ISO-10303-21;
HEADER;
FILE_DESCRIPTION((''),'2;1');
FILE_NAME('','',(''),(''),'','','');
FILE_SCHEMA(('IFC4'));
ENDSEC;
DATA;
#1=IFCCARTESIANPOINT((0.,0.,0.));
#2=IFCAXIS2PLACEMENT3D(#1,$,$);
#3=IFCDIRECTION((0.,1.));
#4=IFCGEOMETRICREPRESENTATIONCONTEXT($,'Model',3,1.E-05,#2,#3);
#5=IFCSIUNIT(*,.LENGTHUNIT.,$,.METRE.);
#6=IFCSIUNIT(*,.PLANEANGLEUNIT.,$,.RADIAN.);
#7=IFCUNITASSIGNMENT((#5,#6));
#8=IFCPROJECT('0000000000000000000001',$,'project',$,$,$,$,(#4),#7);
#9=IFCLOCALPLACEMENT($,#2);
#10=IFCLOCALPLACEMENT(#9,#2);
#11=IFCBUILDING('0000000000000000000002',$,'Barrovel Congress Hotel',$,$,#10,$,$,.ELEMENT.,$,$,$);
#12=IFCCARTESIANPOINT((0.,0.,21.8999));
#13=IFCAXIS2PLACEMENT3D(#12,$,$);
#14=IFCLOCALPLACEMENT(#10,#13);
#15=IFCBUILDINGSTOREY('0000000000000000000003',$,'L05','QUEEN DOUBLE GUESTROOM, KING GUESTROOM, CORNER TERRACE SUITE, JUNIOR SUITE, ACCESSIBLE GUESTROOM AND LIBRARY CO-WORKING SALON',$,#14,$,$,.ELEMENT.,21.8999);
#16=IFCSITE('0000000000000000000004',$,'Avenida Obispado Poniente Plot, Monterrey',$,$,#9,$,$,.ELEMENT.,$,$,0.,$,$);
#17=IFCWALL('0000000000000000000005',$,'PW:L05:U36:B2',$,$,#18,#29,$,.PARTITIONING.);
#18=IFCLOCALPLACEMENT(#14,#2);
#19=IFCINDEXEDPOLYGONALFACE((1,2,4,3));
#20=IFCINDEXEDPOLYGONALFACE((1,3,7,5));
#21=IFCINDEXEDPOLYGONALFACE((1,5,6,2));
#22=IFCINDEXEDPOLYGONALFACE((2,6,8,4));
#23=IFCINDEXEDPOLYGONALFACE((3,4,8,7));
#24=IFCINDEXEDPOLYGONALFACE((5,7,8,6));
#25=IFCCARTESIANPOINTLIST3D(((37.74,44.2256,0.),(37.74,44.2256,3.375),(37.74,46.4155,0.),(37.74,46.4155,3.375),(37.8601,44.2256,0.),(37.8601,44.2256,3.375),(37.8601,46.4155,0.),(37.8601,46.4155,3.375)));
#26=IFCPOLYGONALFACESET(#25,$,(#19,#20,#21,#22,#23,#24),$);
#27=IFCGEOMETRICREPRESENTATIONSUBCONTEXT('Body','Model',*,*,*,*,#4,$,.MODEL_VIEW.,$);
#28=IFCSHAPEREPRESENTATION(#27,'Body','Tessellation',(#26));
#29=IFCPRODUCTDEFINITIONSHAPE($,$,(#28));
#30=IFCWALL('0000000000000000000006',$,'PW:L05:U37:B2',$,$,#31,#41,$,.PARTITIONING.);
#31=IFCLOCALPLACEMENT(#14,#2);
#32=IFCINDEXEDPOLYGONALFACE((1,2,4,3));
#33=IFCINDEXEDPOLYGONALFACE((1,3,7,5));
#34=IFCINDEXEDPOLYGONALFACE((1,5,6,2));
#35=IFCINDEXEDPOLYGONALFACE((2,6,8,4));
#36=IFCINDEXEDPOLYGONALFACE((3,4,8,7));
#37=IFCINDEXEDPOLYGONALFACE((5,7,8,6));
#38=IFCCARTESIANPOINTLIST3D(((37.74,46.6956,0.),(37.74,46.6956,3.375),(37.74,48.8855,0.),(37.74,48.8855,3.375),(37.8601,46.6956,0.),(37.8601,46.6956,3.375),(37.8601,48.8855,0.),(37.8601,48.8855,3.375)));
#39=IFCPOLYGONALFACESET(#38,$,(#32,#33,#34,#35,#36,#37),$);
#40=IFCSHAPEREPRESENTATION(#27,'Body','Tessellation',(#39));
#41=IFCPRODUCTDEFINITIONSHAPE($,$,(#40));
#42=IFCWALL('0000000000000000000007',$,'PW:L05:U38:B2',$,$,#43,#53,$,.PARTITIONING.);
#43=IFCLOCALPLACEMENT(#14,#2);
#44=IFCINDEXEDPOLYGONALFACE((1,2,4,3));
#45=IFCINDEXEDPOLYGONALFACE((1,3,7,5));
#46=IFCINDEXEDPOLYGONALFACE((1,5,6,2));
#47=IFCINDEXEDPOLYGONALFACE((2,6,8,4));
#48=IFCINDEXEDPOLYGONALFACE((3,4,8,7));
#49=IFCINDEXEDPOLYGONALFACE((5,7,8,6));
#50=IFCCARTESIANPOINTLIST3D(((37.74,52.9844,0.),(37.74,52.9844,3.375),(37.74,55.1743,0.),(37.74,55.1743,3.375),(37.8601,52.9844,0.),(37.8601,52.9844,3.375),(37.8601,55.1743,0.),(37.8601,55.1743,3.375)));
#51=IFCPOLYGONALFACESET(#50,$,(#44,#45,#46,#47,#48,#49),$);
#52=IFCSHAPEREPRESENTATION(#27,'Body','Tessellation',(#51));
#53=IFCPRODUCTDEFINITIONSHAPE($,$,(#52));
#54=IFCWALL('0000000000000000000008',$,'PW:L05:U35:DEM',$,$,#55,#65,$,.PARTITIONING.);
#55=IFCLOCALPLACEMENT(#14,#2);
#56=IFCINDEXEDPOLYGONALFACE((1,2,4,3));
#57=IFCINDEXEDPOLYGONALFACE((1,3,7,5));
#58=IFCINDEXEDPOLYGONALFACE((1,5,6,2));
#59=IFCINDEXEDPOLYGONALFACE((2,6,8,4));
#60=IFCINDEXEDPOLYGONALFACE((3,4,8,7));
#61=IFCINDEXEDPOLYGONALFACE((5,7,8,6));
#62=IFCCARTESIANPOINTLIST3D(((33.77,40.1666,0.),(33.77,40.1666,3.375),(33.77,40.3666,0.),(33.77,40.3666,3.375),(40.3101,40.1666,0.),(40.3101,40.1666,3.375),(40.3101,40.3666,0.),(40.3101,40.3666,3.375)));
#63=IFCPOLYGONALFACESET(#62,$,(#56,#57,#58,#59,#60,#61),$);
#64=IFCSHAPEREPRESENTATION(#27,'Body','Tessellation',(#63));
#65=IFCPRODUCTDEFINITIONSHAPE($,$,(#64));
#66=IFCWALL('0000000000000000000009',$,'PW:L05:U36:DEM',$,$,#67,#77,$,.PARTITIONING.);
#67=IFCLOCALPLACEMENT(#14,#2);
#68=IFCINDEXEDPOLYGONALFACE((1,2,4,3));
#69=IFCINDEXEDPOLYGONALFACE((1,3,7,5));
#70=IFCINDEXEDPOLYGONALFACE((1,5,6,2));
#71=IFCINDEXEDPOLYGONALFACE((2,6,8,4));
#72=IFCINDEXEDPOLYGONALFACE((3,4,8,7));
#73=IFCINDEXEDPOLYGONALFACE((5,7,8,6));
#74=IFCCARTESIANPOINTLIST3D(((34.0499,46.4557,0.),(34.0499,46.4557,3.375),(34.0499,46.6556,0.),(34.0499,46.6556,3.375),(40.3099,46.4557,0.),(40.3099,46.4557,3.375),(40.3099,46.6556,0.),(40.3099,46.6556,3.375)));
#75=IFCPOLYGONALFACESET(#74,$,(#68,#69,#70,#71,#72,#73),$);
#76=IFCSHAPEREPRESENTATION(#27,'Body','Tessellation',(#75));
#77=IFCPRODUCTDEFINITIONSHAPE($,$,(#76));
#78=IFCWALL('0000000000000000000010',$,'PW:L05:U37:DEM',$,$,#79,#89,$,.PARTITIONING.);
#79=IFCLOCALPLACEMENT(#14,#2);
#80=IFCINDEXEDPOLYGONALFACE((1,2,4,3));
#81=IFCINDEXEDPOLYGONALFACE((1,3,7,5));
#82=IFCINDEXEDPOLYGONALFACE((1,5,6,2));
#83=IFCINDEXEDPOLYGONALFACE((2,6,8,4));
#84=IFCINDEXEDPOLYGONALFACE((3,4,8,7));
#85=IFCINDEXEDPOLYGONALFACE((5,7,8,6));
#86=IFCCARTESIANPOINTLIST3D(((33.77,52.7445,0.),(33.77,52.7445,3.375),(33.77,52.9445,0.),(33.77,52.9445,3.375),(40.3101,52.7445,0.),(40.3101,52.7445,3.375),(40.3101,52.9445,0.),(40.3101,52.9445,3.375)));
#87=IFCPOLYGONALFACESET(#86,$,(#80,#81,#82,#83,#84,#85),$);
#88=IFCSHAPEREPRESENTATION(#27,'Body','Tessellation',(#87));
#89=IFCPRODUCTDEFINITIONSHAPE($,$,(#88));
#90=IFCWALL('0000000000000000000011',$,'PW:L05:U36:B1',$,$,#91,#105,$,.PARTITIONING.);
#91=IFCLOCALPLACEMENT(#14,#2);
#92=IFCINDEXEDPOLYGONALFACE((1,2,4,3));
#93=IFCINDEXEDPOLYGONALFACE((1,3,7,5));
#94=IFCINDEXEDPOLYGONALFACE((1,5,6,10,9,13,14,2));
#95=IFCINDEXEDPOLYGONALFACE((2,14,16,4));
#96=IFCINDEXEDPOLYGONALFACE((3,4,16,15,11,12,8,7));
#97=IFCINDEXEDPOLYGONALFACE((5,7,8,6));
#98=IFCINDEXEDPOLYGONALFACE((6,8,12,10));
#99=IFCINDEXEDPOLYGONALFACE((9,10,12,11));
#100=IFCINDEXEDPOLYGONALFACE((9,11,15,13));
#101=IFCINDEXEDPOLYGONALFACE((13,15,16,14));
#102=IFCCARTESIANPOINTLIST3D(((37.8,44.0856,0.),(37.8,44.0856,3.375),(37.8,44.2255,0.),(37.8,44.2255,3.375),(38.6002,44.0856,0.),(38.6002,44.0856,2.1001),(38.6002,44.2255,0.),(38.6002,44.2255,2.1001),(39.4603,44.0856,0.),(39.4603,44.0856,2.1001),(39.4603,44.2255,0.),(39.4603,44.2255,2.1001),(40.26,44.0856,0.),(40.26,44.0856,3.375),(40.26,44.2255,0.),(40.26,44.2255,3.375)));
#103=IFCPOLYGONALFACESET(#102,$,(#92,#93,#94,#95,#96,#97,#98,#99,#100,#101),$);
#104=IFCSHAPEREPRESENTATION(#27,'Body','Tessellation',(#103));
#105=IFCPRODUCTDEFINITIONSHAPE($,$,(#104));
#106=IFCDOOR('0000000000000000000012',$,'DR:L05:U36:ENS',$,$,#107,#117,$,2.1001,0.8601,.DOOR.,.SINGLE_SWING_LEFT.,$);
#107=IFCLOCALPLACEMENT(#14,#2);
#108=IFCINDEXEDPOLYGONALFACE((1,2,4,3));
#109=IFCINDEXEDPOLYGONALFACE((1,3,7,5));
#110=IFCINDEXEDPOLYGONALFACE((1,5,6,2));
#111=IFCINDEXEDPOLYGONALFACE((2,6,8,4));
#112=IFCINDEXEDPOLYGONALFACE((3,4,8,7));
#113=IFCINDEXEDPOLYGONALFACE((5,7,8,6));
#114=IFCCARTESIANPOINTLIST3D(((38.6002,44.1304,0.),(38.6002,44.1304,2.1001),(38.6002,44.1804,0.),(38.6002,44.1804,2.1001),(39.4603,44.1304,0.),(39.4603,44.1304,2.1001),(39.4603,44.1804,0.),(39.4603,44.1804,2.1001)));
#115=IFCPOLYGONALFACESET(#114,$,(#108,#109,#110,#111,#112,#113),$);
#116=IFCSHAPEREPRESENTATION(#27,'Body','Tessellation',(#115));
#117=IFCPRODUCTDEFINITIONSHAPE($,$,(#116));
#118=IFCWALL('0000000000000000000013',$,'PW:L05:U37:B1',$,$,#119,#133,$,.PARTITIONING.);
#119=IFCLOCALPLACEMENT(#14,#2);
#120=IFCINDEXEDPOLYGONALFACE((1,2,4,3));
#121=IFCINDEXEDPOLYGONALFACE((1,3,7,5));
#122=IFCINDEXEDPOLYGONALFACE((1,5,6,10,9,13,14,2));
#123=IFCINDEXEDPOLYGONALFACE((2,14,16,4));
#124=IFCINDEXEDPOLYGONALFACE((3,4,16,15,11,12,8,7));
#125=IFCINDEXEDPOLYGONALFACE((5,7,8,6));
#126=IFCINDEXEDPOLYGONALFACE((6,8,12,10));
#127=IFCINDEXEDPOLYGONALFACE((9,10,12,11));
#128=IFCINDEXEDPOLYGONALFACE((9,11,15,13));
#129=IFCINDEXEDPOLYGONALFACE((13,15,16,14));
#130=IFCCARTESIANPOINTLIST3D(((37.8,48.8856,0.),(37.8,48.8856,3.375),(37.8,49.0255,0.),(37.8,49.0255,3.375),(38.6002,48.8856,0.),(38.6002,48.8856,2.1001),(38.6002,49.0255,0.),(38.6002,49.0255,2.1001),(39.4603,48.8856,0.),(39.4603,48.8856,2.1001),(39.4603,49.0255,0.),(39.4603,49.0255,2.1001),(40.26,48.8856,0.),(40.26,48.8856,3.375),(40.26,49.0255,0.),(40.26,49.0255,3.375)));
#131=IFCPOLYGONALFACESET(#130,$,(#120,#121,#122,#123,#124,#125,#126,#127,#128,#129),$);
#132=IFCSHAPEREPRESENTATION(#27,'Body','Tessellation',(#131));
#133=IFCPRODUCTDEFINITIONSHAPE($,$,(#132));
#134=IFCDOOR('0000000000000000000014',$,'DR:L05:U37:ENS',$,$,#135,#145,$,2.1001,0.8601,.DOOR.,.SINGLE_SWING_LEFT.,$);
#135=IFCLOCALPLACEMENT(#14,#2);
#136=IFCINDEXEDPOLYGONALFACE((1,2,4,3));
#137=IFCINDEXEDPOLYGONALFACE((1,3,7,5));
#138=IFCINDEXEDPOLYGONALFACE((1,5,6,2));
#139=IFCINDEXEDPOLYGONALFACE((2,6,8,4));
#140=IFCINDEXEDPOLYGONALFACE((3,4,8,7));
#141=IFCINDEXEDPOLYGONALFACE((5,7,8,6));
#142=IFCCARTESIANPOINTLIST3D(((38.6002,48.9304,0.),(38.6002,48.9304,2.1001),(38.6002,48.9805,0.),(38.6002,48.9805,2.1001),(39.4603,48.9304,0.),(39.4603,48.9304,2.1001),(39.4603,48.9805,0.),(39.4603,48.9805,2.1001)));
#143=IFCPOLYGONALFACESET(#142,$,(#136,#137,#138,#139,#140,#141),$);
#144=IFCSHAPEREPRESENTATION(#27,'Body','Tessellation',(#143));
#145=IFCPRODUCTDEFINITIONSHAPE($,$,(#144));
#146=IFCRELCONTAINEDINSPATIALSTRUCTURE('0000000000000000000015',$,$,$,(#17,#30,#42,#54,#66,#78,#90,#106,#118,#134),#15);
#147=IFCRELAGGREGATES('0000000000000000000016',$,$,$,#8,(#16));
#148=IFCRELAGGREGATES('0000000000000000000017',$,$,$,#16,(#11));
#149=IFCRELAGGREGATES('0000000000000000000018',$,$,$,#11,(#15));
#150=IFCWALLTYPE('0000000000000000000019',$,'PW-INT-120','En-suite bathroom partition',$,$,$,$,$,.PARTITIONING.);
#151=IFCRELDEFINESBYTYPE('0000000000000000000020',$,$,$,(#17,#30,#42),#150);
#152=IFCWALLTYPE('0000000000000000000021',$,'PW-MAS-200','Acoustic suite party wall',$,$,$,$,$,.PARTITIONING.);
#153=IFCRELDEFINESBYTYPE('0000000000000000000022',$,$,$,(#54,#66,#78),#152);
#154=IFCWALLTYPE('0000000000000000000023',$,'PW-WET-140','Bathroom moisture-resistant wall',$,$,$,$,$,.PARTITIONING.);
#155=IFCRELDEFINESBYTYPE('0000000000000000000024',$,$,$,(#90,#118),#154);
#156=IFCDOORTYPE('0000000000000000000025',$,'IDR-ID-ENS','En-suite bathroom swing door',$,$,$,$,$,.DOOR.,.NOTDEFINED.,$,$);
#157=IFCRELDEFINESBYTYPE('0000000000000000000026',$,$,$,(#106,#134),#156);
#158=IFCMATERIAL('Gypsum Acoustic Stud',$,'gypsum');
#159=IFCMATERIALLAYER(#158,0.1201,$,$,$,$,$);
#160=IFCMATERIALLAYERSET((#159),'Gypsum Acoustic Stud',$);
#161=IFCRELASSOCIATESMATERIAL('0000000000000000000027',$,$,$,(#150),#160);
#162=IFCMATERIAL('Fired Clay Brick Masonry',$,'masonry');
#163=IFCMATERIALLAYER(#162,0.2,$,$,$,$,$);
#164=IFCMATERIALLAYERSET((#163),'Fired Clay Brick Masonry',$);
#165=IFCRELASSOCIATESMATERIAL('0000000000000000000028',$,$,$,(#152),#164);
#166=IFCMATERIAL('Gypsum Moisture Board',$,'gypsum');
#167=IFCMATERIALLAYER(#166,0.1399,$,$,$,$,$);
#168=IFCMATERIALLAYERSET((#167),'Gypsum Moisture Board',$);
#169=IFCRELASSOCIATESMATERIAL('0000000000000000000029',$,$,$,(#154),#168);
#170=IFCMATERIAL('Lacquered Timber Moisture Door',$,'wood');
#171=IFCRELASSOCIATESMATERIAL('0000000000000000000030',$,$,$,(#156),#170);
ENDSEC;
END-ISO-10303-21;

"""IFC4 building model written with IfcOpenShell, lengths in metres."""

from ifc_helpers import new_model, si_unit, direction, frame, frame_2d, origin, place, context, subcontext, project, spatial, rectangle, extrude, material, layer, layer_set, type_object, element, fill, save


model = new_model("IFC4")

# Units and contexts
model_context = context("Model", 3, precision=1e-05, world=origin(), true_north=direction((0.0, 1.0)))
body_context = subcontext(model_context, "Body", "Model", "MODEL_VIEW")
ifc_project = project(units=[si_unit("LENGTHUNIT", "METRE"), si_unit("PLANEANGLEUNIT", "RADIAN")], contexts=[model_context])

# Site, building, storey
site_placement = place(None, origin())
site = spatial("IfcSite", under=ifc_project, at=site_placement, Name="Avenida Obispado Poniente Plot, Monterrey", CompositionType="ELEMENT", RefElevation=0.0)
building_placement = place(site_placement, origin())
building = spatial("IfcBuilding", under=site, at=building_placement, Name="Barrovel Congress Hotel", CompositionType="ELEMENT")
storey_placement = place(building_placement, frame((0.0, 0.0, 21.8999)))
storey = spatial("IfcBuildingStorey", under=building, at=storey_placement, Name="L05", Description="QUEEN DOUBLE GUESTROOM, KING GUESTROOM, CORNER TERRACE SUITE, JUNIOR SUITE, ACCESSIBLE GUESTROOM AND LIBRARY CO-WORKING SALON", CompositionType="ELEMENT", Elevation=21.8999)

# Shared definitions
ifc_material_1 = material(Name="Fired Clay Brick Masonry", Category="masonry")

# Shared definitions
ifc_material_2 = material(Name="Gypsum Acoustic Stud", Category="gypsum")

# Walls
ifc_layer_1 = layer(ifc_material_2, 0.1201)
ifc_layer_set_1 = layer_set([ifc_layer_1], Name="Gypsum Acoustic Stud")
wall_type_1 = type_object("IfcWallType", Name="PW-INT-120", Description="En-suite bathroom partition", PredefinedType="PARTITIONING", material=ifc_layer_set_1)
for number, where, z_axis, x_axis, name in (
    (1, (37.8, 44.2256, 0.0), (0.0, 0.0, 1.0), (0.0, 1.0, 0.0), "PW:L05:U36:B2"),
    (2, (37.8, 46.6956, 0.0), (0.0, 0.0, 1.0), (0.0, 1.0, 0.0), "PW:L05:U37:B2"),
    (3, (37.8, 52.9844, 0.0), (0.0, 0.0, 1.0), (0.0, 1.0, 0.0), "PW:L05:U38:B2"),
):
    element("IfcWall", number, at=place(storey_placement, frame(where, z_axis=z_axis, x_axis=x_axis)), inside=storey, type_object=wall_type_1, Name=name, PredefinedType="PARTITIONING", context=body_context, shape_type="SweptSolid", body=[
        extrude(rectangle(XDim=2.1899, YDim=0.1201, at=frame_2d((1.095, 0.0))), origin(), (0.0, 0.0, 1.0), 3.375),
    ])
ifc_layer_2 = layer(ifc_material_1, 0.2)
ifc_layer_set_2 = layer_set([ifc_layer_2], Name="Fired Clay Brick Masonry")
wall_type_2 = type_object("IfcWallType", Name="PW-MAS-200", Description="Acoustic suite party wall", PredefinedType="PARTITIONING", material=ifc_layer_set_2)
wall_1_placement = place(storey_placement, frame((33.77, 40.2666, 0.0), z_axis=(0.0, 0.0, 1.0), x_axis=(1.0, 0.0, 0.0)))
element("IfcWall", 4, at=wall_1_placement, inside=storey, type_object=wall_type_2, Name="PW:L05:U35:DEM", PredefinedType="PARTITIONING", context=body_context, shape_type="SweptSolid", body=[
    extrude(rectangle(XDim=6.54, YDim=0.2, at=frame_2d((3.27, 0.0))), origin(), (0.0, 0.0, 1.0), 3.375),
])
wall_2_placement = place(storey_placement, frame((34.05, 46.5557, 0.0), z_axis=(0.0, 0.0, 1.0), x_axis=(1.0, 0.0, 0.0)))
element("IfcWall", 5, at=wall_2_placement, inside=storey, type_object=wall_type_2, Name="PW:L05:U36:DEM", PredefinedType="PARTITIONING", context=body_context, shape_type="SweptSolid", body=[
    extrude(rectangle(XDim=6.26, YDim=0.2, at=frame_2d((3.1299, 0.0))), origin(), (0.0, 0.0, 1.0), 3.375),
])
wall_3_placement = place(storey_placement, frame((33.77, 52.8445, 0.0), z_axis=(0.0, 0.0, 1.0), x_axis=(1.0, 0.0, 0.0)))
element("IfcWall", 6, at=wall_3_placement, inside=storey, type_object=wall_type_2, Name="PW:L05:U37:DEM", PredefinedType="PARTITIONING", context=body_context, shape_type="SweptSolid", body=[
    extrude(rectangle(XDim=6.54, YDim=0.2, at=frame_2d((3.27, 0.0))), origin(), (0.0, 0.0, 1.0), 3.375),
])

# Walls, openings, doors
ifc_material_3 = material(Name="Gypsum Moisture Board", Category="gypsum")
ifc_layer_3 = layer(ifc_material_3, 0.1399)
ifc_layer_set_3 = layer_set([ifc_layer_3], Name="Gypsum Moisture Board")
wall_type_3 = type_object("IfcWallType", Name="PW-WET-140", Description="Bathroom moisture-resistant wall", PredefinedType="PARTITIONING", material=ifc_layer_set_3)
wall_4_placement = place(storey_placement, frame((37.8, 44.1555, 0.0), z_axis=(0.0, 0.0, 1.0), x_axis=(1.0, 0.0, 0.0)))
wall_4 = element("IfcWall", 7, at=wall_4_placement, inside=storey, type_object=wall_type_3, Name="PW:L05:U36:B1", PredefinedType="PARTITIONING", context=body_context, shape_type="SweptSolid", body=[
    extrude(rectangle(XDim=2.46, YDim=0.1399, at=frame_2d((1.23, 0.0))), origin(), (0.0, 0.0, 1.0), 3.375),
])
opening_1_placement = place(wall_4_placement, frame((0.8, 0.0, 0.0)))
opening_1 = element("IfcOpeningElement", 8, at=opening_1_placement, cuts=wall_4, PredefinedType="OPENING", context=body_context, shape_type="SweptSolid", body=[
    extrude(rectangle(XDim=0.8601, YDim=2.1001, at=frame_2d((0.4302, 1.05))), frame((0.0, 0.0801, 0.0), z_axis=(0.0, -1.0, 0.0), x_axis=(1.0, 0.0, 0.0)), (0.0, 0.0, 1.0), 0.1599),
])
ifc_material_4 = material(Name="Lacquered Timber Moisture Door", Category="wood")
door_type_1 = type_object("IfcDoorType", Name="IDR-ID-ENS", Description="En-suite bathroom swing door", OperationType="NOTDEFINED", PredefinedType="DOOR", material=ifc_material_4)
door_1_placement = place(opening_1_placement, origin())
door_1 = element("IfcDoor", 9, at=door_1_placement, inside=storey, type_object=door_type_1, Name="DR:L05:U36:ENS", OperationType="SINGLE_SWING_LEFT", OverallHeight=2.1001, OverallWidth=0.8601, PredefinedType="DOOR", context=body_context, shape_type="SweptSolid", body=[
    extrude(rectangle(XDim=0.8601, YDim=2.1001, at=frame_2d((0.4302, 1.05))), frame((0.0, 0.0249, 0.0), z_axis=(0.0, -1.0, 0.0), x_axis=(1.0, 0.0, 0.0)), (0.0, 0.0, 1.0), 0.05),
])
fill(opening_1, door_1)
wall_5_placement = place(storey_placement, frame((37.8, 48.9556, 0.0), z_axis=(0.0, 0.0, 1.0), x_axis=(1.0, 0.0, 0.0)))
wall_5 = element("IfcWall", 10, at=wall_5_placement, inside=storey, type_object=wall_type_3, Name="PW:L05:U37:B1", PredefinedType="PARTITIONING", context=body_context, shape_type="SweptSolid", body=[
    extrude(rectangle(XDim=2.46, YDim=0.1399, at=frame_2d((1.23, 0.0))), origin(), (0.0, 0.0, 1.0), 3.375),
])
opening_2_placement = place(wall_5_placement, frame((0.8, 0.0, 0.0)))
opening_2 = element("IfcOpeningElement", 11, at=opening_2_placement, cuts=wall_5, PredefinedType="OPENING", context=body_context, shape_type="SweptSolid", body=[
    extrude(rectangle(XDim=0.8601, YDim=2.1001, at=frame_2d((0.4302, 1.05))), frame((0.0, 0.0801, 0.0), z_axis=(0.0, -1.0, 0.0), x_axis=(1.0, 0.0, 0.0)), (0.0, 0.0, 1.0), 0.1599),
])
door_2_placement = place(opening_2_placement, origin())
door_2 = element("IfcDoor", 12, at=door_2_placement, inside=storey, type_object=door_type_1, Name="DR:L05:U37:ENS", OperationType="SINGLE_SWING_LEFT", OverallHeight=2.1001, OverallWidth=0.8601, PredefinedType="DOOR", context=body_context, shape_type="SweptSolid", body=[
    extrude(rectangle(XDim=0.8601, YDim=2.1001, at=frame_2d((0.4302, 1.05))), frame((0.0, 0.0249, 0.0), z_axis=(0.0, -1.0, 0.0), x_axis=(1.0, 0.0, 0.0)), (0.0, 0.0, 1.0), 0.05),
])
fill(opening_2, door_2)

save(model, "model.ifc")
